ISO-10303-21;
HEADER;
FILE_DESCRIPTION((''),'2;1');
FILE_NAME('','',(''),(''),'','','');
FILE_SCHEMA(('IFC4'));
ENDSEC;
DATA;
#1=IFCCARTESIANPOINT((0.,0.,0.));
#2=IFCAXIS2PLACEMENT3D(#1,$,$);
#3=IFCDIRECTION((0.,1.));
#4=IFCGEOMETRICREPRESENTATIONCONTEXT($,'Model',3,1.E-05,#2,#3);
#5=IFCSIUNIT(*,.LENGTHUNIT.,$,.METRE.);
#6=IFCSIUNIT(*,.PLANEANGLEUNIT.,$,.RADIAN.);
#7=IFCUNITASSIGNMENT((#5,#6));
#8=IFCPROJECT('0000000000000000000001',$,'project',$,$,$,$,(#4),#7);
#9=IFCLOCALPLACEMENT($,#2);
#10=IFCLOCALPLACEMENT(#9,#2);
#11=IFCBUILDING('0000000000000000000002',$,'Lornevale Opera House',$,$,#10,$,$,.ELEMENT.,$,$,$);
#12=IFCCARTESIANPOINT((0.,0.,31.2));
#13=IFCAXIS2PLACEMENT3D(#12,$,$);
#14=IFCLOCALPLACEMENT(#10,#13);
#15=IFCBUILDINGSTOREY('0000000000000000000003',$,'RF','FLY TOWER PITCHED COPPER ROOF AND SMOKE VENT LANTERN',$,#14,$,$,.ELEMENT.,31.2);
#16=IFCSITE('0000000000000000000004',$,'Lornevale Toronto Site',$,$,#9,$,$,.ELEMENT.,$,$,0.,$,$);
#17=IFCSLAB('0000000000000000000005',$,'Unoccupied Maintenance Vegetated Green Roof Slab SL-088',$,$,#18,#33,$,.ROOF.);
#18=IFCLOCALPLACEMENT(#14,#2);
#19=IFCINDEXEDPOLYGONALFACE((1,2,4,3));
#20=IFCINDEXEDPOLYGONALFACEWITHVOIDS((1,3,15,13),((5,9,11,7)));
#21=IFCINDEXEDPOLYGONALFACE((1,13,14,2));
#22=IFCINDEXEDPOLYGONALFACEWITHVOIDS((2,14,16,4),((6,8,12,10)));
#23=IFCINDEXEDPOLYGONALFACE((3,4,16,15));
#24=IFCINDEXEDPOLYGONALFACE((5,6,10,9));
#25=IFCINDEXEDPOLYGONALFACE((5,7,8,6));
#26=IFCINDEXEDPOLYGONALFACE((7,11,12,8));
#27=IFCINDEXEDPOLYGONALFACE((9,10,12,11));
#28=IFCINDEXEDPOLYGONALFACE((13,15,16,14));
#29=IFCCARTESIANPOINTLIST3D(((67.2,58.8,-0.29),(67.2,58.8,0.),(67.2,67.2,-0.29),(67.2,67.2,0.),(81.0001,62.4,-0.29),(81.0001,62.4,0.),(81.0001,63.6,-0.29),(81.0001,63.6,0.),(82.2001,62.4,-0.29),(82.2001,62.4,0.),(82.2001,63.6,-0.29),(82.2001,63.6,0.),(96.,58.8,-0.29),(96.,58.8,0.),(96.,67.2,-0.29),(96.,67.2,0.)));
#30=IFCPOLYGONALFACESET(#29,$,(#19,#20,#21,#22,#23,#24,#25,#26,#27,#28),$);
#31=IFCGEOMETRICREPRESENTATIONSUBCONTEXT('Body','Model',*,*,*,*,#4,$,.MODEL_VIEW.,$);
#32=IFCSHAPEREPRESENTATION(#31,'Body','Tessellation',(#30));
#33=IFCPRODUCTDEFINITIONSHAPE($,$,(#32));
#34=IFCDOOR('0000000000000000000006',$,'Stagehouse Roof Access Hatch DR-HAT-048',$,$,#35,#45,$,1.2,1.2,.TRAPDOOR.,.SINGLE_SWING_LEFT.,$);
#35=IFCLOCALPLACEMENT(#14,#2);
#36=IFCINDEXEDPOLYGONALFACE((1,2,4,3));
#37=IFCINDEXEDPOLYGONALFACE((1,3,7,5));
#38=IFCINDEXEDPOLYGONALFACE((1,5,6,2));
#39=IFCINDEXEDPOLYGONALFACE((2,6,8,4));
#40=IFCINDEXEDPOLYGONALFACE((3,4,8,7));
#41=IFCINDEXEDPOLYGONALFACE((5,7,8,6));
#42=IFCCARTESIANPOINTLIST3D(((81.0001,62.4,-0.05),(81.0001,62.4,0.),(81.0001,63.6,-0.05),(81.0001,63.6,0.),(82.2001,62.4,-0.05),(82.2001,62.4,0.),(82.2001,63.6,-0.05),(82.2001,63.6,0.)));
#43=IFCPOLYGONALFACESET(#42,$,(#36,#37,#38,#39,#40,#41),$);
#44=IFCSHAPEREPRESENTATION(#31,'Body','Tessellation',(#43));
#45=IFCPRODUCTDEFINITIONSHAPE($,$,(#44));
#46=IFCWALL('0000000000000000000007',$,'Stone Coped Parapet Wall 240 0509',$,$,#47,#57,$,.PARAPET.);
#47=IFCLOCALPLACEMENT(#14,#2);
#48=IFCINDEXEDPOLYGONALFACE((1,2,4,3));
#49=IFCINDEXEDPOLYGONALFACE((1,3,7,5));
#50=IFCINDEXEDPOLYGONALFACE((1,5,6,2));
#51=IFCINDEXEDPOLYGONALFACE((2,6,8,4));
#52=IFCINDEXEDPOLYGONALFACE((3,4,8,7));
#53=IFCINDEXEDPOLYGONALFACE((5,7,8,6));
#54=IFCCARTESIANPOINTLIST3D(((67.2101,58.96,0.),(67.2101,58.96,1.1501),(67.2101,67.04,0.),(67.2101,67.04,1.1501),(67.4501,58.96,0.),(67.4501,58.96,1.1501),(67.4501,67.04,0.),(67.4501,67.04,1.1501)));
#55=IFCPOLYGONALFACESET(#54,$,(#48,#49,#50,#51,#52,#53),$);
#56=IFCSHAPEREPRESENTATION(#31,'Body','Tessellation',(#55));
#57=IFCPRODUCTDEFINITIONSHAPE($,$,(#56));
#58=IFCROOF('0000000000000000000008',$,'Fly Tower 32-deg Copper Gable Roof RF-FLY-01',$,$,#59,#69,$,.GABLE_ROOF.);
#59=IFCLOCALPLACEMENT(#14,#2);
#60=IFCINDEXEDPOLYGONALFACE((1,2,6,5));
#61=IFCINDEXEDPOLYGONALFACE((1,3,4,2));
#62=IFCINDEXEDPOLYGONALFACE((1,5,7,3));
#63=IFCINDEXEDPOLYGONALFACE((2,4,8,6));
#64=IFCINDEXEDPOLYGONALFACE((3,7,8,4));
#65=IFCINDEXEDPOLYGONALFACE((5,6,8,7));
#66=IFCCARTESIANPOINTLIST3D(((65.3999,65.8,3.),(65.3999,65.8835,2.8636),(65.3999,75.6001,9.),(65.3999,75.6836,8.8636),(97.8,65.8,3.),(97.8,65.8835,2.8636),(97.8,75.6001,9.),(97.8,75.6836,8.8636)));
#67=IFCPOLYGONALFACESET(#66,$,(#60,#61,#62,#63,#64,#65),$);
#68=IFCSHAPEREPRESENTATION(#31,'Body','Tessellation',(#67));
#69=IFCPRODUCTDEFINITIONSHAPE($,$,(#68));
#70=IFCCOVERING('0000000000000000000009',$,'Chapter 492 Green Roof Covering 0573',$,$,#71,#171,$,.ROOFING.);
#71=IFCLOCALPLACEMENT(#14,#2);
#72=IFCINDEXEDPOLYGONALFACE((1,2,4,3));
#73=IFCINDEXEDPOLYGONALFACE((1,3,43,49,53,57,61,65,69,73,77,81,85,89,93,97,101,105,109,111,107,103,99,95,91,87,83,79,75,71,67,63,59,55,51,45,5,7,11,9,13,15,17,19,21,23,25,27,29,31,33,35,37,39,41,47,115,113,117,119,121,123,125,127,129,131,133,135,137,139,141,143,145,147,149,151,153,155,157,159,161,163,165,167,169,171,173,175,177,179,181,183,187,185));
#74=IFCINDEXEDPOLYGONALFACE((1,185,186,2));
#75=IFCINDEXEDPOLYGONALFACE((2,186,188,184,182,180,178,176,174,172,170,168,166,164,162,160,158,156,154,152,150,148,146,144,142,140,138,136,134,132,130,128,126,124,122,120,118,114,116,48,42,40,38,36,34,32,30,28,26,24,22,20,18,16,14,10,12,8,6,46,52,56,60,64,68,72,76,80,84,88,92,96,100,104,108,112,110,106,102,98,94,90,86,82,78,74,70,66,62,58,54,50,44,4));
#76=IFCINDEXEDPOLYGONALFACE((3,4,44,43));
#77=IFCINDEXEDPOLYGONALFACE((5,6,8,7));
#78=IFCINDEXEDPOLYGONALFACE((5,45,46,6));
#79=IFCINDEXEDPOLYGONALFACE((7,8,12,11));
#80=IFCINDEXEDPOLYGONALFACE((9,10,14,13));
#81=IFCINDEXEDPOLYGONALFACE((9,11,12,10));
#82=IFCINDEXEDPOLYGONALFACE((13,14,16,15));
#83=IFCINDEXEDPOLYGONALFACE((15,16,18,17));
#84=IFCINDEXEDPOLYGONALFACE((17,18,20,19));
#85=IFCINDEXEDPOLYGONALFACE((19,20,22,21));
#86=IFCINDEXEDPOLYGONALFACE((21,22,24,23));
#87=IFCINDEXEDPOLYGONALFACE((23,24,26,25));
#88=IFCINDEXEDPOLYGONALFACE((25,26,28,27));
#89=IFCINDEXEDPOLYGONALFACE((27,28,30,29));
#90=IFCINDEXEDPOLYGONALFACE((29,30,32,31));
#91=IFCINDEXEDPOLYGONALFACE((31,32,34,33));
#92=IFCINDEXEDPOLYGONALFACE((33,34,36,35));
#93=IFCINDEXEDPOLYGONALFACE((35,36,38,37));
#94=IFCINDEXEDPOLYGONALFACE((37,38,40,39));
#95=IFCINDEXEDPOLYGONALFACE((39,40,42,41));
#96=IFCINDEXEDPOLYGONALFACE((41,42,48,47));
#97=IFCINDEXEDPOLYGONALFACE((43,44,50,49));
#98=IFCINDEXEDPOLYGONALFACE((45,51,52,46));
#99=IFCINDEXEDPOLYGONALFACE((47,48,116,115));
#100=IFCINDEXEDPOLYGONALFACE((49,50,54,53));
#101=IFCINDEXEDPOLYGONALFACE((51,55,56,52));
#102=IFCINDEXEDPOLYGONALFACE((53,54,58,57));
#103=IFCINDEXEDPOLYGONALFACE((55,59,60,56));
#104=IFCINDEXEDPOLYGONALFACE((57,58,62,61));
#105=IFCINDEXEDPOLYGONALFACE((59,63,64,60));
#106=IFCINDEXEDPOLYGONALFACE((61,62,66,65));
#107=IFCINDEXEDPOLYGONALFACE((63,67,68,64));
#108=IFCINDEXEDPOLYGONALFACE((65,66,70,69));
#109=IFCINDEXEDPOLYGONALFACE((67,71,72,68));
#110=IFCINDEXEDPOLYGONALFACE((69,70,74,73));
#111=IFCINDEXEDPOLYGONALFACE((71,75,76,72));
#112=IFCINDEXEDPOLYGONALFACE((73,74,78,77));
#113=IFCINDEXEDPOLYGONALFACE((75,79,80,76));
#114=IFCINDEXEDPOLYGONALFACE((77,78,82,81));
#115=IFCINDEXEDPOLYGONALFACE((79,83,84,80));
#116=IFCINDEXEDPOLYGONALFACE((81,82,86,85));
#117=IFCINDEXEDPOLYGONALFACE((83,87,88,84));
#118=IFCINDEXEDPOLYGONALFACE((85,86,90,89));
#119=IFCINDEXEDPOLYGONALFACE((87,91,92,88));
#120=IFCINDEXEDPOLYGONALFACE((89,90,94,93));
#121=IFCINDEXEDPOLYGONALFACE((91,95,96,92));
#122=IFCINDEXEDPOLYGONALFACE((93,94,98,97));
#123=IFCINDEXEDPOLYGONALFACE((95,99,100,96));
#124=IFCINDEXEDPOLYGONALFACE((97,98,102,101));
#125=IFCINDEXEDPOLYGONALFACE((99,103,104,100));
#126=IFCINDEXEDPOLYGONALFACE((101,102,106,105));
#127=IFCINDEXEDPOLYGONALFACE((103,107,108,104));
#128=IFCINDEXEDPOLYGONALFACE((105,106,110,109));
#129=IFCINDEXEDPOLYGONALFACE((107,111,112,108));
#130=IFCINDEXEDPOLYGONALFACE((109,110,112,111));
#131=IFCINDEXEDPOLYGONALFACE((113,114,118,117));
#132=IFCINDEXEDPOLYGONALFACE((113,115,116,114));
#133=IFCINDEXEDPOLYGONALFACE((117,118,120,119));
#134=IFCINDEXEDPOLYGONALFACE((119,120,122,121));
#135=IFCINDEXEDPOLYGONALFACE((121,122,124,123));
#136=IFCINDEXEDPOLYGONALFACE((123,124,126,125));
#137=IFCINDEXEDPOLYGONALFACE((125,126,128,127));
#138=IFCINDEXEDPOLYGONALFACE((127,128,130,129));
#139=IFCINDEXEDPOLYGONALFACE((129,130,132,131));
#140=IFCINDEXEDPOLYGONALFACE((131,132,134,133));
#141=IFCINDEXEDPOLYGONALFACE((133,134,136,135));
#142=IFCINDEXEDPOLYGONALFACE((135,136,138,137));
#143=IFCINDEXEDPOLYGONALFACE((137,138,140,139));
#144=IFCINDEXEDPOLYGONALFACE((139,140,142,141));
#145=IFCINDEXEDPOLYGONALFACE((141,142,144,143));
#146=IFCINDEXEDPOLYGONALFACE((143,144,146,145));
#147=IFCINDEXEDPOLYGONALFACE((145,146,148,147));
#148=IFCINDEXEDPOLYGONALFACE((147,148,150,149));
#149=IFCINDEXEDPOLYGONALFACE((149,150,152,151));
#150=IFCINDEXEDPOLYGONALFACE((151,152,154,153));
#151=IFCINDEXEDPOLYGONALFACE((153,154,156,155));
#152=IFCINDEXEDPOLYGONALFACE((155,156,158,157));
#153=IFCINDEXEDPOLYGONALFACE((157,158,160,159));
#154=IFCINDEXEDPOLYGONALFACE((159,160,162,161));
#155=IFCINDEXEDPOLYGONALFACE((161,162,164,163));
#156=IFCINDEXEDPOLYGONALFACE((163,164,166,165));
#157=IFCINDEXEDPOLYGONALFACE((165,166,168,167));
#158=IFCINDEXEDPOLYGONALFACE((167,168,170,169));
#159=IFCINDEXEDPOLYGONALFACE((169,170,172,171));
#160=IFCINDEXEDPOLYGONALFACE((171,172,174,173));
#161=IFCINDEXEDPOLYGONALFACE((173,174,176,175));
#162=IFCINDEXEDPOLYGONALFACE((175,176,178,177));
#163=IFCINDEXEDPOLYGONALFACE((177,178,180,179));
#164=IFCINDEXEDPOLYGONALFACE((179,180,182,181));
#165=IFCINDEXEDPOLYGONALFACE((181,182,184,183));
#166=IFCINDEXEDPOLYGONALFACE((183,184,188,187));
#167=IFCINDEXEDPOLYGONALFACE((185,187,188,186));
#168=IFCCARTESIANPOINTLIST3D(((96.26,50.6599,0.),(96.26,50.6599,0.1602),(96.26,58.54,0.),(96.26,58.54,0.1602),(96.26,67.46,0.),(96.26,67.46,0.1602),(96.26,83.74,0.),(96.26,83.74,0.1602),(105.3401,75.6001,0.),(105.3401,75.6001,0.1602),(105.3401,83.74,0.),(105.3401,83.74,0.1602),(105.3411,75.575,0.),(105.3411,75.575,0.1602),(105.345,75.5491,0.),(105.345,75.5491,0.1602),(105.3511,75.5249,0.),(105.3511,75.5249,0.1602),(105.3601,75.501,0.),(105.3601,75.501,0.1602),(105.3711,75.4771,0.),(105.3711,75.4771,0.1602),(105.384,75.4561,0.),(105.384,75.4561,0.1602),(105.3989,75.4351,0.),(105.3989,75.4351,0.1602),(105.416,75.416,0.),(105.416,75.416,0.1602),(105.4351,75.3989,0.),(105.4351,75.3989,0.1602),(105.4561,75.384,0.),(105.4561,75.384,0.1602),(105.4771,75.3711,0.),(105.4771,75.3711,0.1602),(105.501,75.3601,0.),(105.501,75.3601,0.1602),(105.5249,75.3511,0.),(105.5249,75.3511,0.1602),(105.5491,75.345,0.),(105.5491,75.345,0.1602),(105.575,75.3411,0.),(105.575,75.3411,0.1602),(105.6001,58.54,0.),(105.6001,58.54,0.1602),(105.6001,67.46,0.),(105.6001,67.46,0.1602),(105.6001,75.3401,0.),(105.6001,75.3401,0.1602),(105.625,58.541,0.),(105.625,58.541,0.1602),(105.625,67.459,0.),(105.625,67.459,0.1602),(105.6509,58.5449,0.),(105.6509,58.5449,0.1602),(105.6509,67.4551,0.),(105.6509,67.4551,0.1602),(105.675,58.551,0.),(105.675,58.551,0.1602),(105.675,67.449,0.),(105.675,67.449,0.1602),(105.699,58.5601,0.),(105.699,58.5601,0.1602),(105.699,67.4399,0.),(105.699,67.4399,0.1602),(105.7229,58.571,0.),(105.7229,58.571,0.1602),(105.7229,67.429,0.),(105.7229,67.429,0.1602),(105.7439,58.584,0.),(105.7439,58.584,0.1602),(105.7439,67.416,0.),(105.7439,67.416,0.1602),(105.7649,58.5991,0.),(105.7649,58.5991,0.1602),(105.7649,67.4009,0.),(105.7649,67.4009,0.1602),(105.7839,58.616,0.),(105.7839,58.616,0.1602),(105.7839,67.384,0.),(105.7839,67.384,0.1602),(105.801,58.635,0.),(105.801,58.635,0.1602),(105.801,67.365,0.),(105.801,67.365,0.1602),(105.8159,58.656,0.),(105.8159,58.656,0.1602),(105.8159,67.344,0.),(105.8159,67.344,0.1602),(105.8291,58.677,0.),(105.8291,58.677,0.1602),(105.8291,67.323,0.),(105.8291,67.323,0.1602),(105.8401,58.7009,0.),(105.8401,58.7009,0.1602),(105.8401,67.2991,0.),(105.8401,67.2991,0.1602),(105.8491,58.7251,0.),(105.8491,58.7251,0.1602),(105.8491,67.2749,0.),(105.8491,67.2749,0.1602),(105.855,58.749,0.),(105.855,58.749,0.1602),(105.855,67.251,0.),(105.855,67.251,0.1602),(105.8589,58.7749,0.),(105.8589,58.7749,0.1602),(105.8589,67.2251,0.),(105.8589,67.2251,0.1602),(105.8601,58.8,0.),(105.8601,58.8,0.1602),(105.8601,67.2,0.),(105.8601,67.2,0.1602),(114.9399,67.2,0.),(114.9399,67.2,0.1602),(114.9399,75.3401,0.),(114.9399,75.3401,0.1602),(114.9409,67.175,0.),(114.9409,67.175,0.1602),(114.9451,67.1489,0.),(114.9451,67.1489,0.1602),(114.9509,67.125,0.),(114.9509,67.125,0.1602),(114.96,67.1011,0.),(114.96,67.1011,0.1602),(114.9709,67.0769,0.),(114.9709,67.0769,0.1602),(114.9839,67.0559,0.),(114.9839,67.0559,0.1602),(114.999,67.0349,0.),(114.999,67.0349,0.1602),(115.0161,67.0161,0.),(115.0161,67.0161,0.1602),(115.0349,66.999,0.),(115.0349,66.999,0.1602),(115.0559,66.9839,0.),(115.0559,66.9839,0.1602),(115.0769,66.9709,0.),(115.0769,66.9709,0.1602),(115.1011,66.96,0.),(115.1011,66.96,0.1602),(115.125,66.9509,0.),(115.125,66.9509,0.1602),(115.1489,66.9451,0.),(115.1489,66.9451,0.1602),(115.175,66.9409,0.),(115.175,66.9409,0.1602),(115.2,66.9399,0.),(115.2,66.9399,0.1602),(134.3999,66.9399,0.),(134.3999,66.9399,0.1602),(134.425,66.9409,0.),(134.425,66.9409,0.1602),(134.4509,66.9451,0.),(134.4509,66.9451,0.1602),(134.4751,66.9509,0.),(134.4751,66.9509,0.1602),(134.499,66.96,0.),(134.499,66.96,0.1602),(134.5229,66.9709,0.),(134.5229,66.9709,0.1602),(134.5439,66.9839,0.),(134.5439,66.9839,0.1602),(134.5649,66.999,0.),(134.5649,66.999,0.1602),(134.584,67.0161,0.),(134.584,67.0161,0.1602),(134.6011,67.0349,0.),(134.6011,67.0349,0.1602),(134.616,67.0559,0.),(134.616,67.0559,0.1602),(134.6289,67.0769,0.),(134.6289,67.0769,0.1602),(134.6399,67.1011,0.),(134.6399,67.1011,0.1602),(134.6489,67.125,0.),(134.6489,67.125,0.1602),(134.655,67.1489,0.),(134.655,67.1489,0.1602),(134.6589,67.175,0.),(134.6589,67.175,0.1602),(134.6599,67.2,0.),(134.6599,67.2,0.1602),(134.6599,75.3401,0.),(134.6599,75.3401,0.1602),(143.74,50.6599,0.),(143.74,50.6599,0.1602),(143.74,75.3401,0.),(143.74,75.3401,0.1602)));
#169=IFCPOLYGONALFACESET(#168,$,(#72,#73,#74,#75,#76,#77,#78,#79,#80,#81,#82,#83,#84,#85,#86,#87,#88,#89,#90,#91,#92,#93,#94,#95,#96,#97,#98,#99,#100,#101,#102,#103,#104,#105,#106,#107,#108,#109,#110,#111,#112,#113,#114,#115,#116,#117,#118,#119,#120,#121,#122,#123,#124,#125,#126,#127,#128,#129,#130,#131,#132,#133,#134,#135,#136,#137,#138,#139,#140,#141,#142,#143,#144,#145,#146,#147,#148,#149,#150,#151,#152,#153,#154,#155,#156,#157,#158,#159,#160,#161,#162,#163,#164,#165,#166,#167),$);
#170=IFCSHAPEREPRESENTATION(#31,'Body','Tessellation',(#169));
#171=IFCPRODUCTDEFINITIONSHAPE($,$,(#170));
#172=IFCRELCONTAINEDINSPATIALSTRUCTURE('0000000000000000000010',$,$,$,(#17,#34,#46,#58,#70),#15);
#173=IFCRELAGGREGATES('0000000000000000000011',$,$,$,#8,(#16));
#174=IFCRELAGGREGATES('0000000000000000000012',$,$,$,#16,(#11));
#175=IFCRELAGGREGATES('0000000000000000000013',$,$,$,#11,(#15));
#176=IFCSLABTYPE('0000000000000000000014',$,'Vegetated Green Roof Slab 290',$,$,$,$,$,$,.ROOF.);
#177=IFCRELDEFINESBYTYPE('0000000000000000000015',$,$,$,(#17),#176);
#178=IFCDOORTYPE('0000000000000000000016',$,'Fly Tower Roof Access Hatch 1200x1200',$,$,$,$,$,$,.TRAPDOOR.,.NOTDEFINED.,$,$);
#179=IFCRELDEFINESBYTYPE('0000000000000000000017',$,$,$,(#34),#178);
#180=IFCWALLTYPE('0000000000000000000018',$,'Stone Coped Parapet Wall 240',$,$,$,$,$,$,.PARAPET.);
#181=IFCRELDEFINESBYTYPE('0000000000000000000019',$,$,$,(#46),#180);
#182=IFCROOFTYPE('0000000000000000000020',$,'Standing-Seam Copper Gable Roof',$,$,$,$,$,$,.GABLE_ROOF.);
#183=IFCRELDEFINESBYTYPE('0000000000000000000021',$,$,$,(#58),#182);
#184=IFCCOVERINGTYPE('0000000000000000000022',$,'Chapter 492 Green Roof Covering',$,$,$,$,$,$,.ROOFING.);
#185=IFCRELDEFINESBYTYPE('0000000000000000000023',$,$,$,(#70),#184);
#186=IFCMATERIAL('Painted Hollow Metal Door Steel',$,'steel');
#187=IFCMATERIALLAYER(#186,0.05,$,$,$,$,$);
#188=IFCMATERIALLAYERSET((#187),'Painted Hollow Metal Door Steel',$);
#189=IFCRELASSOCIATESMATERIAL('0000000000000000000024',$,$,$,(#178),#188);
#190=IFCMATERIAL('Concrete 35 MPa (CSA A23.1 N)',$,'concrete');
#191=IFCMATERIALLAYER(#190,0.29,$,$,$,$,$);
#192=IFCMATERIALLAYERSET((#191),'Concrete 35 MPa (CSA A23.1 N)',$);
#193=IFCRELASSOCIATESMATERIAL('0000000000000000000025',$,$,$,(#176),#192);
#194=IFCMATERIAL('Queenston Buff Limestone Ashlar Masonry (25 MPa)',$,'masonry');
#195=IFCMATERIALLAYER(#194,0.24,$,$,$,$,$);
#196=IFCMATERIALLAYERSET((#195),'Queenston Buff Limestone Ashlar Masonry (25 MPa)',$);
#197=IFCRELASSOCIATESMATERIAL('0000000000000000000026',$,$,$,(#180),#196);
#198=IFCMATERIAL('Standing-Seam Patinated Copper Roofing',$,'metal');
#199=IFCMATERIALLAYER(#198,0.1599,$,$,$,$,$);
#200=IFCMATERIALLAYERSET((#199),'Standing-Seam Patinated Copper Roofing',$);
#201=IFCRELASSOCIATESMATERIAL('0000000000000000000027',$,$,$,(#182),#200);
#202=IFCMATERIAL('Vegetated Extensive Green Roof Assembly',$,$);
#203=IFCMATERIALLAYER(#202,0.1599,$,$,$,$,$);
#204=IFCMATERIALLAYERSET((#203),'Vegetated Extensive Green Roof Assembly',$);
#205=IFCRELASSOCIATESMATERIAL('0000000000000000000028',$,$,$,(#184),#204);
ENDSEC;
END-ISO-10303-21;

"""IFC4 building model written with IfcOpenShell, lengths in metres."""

from ifc_helpers import new_model, si_unit, direction, frame, frame_2d, origin, origin_2d, place, context, subcontext, project, spatial, polyline, rectangle, outline, extrude, material, layer, layer_set, type_object, element, fill, save


model = new_model("IFC4")

# Units and contexts
model_context = context("Model", 3, precision=1e-05, world=origin(), true_north=direction((0.0, 1.0)))
body_context = subcontext(model_context, "Body", "Model", "MODEL_VIEW")
ifc_project = project(units=[si_unit("LENGTHUNIT", "METRE"), si_unit("PLANEANGLEUNIT", "RADIAN")], contexts=[model_context])

# Site, building, storey
site_placement = place(None, origin())
site = spatial("IfcSite", under=ifc_project, at=site_placement, Name="Lornevale Toronto Site", CompositionType="ELEMENT", RefElevation=0.0)
building_placement = place(site_placement, origin())
building = spatial("IfcBuilding", under=site, at=building_placement, Name="Lornevale Opera House", CompositionType="ELEMENT")
storey_placement = place(building_placement, frame((0.0, 0.0, 31.2)))
storey = spatial("IfcBuildingStorey", under=building, at=storey_placement, Name="RF", Description="FLY TOWER PITCHED COPPER ROOF AND SMOKE VENT LANTERN", CompositionType="ELEMENT", Elevation=31.2)

# Shared definitions
ifc_material_1 = material(Name="Painted Hollow Metal Door Steel", Category="steel")
ifc_layer_1 = layer(ifc_material_1, 0.05)
ifc_layer_set_1 = layer_set([ifc_layer_1], Name="Painted Hollow Metal Door Steel")
door_type = type_object("IfcDoorType", Name="Fly Tower Roof Access Hatch 1200x1200", OperationType="NOTDEFINED", PredefinedType="TRAPDOOR", material=ifc_layer_set_1)

# Shared definitions
ifc_material_2 = material(Name="Concrete 35 MPa (CSA A23.1 N)", Category="concrete")
ifc_layer_2 = layer(ifc_material_2, 0.29)
ifc_layer_set_2 = layer_set([ifc_layer_2], Name="Concrete 35 MPa (CSA A23.1 N)")
slab_type_1 = type_object("IfcSlabType", Name="Vegetated Green Roof Slab 290", PredefinedType="ROOF", material=ifc_layer_set_2)

# Slab, opening, door
slab_1_placement = place(storey_placement, frame((0.0, 0.0, -0.29)))
slab_1 = element("IfcSlab", 1, at=slab_1_placement, inside=storey, type_object=slab_type_1, Name="Unoccupied Maintenance Vegetated Green Roof Slab SL-088", PredefinedType="ROOF", context=body_context, shape_type="SweptSolid", body=[
    extrude(outline(polyline([(86.3999, 67.2), (96.0, 67.2), (96.0, 58.8), (86.3999, 58.8), (76.8, 58.8), (67.2, 58.8), (67.2, 67.2), (76.8, 67.2), (86.3999, 67.2)])), origin(), (0.0, 0.0, 1.0), 0.29),
])
opening_1_placement = place(slab_1_placement, frame((81.6001, 63.0, 0.0)))
opening_1 = element("IfcOpeningElement", 2, at=opening_1_placement, cuts=slab_1, PredefinedType="OPENING", context=body_context, shape_type="SweptSolid", body=[
    extrude(rectangle(XDim=1.2, YDim=1.2, at=origin_2d()), origin(), (0.0, 0.0, 1.0), 0.29),
])
door_1_placement = place(opening_1_placement, frame((0.0, 0.0, 0.24)))
door_1 = element("IfcDoor", 3, at=door_1_placement, inside=storey, type_object=door_type, Name="Stagehouse Roof Access Hatch DR-HAT-048", OperationType="SINGLE_SWING_LEFT", OverallHeight=1.2, OverallWidth=1.2, PredefinedType="TRAPDOOR", context=body_context, shape_type="SweptSolid", body=[
    extrude(rectangle(XDim=1.2, YDim=1.2, at=origin_2d()), origin(), (0.0, 0.0, 1.0), 0.05),
])
fill(opening_1, door_1)

# Wall
ifc_material_3 = material(Name="Queenston Buff Limestone Ashlar Masonry (25 MPa)", Category="masonry")
ifc_layer_3 = layer(ifc_material_3, 0.24)
ifc_layer_set_3 = layer_set([ifc_layer_3], Name="Queenston Buff Limestone Ashlar Masonry (25 MPa)")
wall_type = type_object("IfcWallType", Name="Stone Coped Parapet Wall 240", PredefinedType="PARAPET", material=ifc_layer_set_3)
wall_placement = place(storey_placement, frame((67.3301, 58.96, 0.0), z_axis=(0.0, 0.0, 1.0), x_axis=(0.0, 1.0, 0.0)))
element("IfcWall", 4, at=wall_placement, inside=storey, type_object=wall_type, Name="Stone Coped Parapet Wall 240 0509", PredefinedType="PARAPET", context=body_context, shape_type="SweptSolid", body=[
    extrude(rectangle(XDim=8.0801, YDim=0.24, at=frame_2d((4.04, 0.0))), origin(), (0.0, 0.0, 1.0), 1.1501),
])

# Roof
ifc_material_4 = material(Name="Standing-Seam Patinated Copper Roofing", Category="metal")
ifc_layer_4 = layer(ifc_material_4, 0.1599)
ifc_layer_set_4 = layer_set([ifc_layer_4], Name="Standing-Seam Patinated Copper Roofing")
roof_type = type_object("IfcRoofType", Name="Standing-Seam Copper Gable Roof", PredefinedType="GABLE_ROOF", material=ifc_layer_set_4)
roof_placement = place(storey_placement, frame((65.3999, 65.8, 3.0), z_axis=(0.0, -0.522152, 0.852852), x_axis=(1.0, 0.0, 0.0)))
element("IfcRoof", 5, at=roof_placement, inside=storey, type_object=roof_type, Name="Fly Tower 32-deg Copper Gable Roof RF-FLY-01", PredefinedType="GABLE_ROOF", context=body_context, shape_type="SweptSolid", body=[
    extrude(outline(polyline([(0.0, 0.0), (32.4001, 0.0), (32.4001, 11.4909), (0.0, 11.4909), (0.0, 0.0)])), origin(), (0.0, 0.0, -1.0), 0.1599),
])

# Covering
ifc_material_5 = material(Name="Vegetated Extensive Green Roof Assembly")
ifc_layer_5 = layer(ifc_material_5, 0.1599)
ifc_layer_set_5 = layer_set([ifc_layer_5], Name="Vegetated Extensive Green Roof Assembly")
covering_type_1 = type_object("IfcCoveringType", Name="Chapter 492 Green Roof Covering", PredefinedType="ROOFING", material=ifc_layer_set_5)
covering_1_placement = place(storey_placement, origin())
element("IfcCovering", 6, at=covering_1_placement, inside=storey, type_object=covering_type_1, Name="Chapter 492 Green Roof Covering 0573", PredefinedType="ROOFING", context=body_context, shape_type="SweptSolid", body=[
    extrude(outline(polyline([(105.8601, 67.2), (105.8589, 67.2251), (105.855, 67.251), (105.8491, 67.2749), (105.8401, 67.2991), (105.8291, 67.323), (105.8159, 67.344), (105.801, 67.365), (105.7839, 67.384), (105.7649, 67.4009), (105.7439, 67.416), (105.7229, 67.429), (105.699, 67.4399), (105.675, 67.449), (105.6509, 67.4551), (105.625, 67.459), (105.6001, 67.46), (96.26, 67.46), (96.26, 83.74), (105.3401, 83.74), (105.3401, 75.6001), (105.3411, 75.575), (105.345, 75.5491), (105.3511, 75.5249), (105.3601, 75.501), (105.3711, 75.4771), (105.384, 75.4561), (105.3989, 75.4351), (105.416, 75.416), (105.4351, 75.3989), (105.4561, 75.384), (105.4771, 75.3711), (105.501, 75.3601), (105.5249, 75.3511), (105.5491, 75.345), (105.575, 75.3411), (105.6001, 75.3401), (114.9399, 75.3401), (114.9399, 67.2), (114.9409, 67.175), (114.9451, 67.1489), (114.9509, 67.125), (114.96, 67.1011), (114.9709, 67.0769), (114.9839, 67.0559), (114.999, 67.0349), (115.0161, 67.0161), (115.0349, 66.999), (115.0559, 66.9839), (115.0769, 66.9709), (115.1011, 66.96), (115.125, 66.9509), (115.1489, 66.9451), (115.175, 66.9409), (115.2, 66.9399), (134.3999, 66.9399), (134.425, 66.9409), (134.4509, 66.9451), (134.4751, 66.9509), (134.499, 66.96), (134.5229, 66.9709), (134.5439, 66.9839), (134.5649, 66.999), (134.584, 67.0161), (134.6011, 67.0349), (134.616, 67.0559), (134.6289, 67.0769), (134.6399, 67.1011), (134.6489, 67.125), (134.655, 67.1489), (134.6589, 67.175), (134.6599, 67.2), (134.6599, 75.3401), (143.74, 75.3401), (143.74, 50.6599), (96.26, 50.6599), (96.26, 58.54), (105.6001, 58.54), (105.625, 58.541), (105.6509, 58.5449), (105.675, 58.551), (105.699, 58.5601), (105.7229, 58.571), (105.7439, 58.584), (105.7649, 58.5991), (105.7839, 58.616), (105.801, 58.635), (105.8159, 58.656), (105.8291, 58.677), (105.8401, 58.7009), (105.8491, 58.7251), (105.855, 58.749), (105.8589, 58.7749), (105.8601, 58.8), (105.8601, 67.2)])), origin(), (0.0, 0.0, 1.0), 0.1602),
])

save(model, "model.ifc")
